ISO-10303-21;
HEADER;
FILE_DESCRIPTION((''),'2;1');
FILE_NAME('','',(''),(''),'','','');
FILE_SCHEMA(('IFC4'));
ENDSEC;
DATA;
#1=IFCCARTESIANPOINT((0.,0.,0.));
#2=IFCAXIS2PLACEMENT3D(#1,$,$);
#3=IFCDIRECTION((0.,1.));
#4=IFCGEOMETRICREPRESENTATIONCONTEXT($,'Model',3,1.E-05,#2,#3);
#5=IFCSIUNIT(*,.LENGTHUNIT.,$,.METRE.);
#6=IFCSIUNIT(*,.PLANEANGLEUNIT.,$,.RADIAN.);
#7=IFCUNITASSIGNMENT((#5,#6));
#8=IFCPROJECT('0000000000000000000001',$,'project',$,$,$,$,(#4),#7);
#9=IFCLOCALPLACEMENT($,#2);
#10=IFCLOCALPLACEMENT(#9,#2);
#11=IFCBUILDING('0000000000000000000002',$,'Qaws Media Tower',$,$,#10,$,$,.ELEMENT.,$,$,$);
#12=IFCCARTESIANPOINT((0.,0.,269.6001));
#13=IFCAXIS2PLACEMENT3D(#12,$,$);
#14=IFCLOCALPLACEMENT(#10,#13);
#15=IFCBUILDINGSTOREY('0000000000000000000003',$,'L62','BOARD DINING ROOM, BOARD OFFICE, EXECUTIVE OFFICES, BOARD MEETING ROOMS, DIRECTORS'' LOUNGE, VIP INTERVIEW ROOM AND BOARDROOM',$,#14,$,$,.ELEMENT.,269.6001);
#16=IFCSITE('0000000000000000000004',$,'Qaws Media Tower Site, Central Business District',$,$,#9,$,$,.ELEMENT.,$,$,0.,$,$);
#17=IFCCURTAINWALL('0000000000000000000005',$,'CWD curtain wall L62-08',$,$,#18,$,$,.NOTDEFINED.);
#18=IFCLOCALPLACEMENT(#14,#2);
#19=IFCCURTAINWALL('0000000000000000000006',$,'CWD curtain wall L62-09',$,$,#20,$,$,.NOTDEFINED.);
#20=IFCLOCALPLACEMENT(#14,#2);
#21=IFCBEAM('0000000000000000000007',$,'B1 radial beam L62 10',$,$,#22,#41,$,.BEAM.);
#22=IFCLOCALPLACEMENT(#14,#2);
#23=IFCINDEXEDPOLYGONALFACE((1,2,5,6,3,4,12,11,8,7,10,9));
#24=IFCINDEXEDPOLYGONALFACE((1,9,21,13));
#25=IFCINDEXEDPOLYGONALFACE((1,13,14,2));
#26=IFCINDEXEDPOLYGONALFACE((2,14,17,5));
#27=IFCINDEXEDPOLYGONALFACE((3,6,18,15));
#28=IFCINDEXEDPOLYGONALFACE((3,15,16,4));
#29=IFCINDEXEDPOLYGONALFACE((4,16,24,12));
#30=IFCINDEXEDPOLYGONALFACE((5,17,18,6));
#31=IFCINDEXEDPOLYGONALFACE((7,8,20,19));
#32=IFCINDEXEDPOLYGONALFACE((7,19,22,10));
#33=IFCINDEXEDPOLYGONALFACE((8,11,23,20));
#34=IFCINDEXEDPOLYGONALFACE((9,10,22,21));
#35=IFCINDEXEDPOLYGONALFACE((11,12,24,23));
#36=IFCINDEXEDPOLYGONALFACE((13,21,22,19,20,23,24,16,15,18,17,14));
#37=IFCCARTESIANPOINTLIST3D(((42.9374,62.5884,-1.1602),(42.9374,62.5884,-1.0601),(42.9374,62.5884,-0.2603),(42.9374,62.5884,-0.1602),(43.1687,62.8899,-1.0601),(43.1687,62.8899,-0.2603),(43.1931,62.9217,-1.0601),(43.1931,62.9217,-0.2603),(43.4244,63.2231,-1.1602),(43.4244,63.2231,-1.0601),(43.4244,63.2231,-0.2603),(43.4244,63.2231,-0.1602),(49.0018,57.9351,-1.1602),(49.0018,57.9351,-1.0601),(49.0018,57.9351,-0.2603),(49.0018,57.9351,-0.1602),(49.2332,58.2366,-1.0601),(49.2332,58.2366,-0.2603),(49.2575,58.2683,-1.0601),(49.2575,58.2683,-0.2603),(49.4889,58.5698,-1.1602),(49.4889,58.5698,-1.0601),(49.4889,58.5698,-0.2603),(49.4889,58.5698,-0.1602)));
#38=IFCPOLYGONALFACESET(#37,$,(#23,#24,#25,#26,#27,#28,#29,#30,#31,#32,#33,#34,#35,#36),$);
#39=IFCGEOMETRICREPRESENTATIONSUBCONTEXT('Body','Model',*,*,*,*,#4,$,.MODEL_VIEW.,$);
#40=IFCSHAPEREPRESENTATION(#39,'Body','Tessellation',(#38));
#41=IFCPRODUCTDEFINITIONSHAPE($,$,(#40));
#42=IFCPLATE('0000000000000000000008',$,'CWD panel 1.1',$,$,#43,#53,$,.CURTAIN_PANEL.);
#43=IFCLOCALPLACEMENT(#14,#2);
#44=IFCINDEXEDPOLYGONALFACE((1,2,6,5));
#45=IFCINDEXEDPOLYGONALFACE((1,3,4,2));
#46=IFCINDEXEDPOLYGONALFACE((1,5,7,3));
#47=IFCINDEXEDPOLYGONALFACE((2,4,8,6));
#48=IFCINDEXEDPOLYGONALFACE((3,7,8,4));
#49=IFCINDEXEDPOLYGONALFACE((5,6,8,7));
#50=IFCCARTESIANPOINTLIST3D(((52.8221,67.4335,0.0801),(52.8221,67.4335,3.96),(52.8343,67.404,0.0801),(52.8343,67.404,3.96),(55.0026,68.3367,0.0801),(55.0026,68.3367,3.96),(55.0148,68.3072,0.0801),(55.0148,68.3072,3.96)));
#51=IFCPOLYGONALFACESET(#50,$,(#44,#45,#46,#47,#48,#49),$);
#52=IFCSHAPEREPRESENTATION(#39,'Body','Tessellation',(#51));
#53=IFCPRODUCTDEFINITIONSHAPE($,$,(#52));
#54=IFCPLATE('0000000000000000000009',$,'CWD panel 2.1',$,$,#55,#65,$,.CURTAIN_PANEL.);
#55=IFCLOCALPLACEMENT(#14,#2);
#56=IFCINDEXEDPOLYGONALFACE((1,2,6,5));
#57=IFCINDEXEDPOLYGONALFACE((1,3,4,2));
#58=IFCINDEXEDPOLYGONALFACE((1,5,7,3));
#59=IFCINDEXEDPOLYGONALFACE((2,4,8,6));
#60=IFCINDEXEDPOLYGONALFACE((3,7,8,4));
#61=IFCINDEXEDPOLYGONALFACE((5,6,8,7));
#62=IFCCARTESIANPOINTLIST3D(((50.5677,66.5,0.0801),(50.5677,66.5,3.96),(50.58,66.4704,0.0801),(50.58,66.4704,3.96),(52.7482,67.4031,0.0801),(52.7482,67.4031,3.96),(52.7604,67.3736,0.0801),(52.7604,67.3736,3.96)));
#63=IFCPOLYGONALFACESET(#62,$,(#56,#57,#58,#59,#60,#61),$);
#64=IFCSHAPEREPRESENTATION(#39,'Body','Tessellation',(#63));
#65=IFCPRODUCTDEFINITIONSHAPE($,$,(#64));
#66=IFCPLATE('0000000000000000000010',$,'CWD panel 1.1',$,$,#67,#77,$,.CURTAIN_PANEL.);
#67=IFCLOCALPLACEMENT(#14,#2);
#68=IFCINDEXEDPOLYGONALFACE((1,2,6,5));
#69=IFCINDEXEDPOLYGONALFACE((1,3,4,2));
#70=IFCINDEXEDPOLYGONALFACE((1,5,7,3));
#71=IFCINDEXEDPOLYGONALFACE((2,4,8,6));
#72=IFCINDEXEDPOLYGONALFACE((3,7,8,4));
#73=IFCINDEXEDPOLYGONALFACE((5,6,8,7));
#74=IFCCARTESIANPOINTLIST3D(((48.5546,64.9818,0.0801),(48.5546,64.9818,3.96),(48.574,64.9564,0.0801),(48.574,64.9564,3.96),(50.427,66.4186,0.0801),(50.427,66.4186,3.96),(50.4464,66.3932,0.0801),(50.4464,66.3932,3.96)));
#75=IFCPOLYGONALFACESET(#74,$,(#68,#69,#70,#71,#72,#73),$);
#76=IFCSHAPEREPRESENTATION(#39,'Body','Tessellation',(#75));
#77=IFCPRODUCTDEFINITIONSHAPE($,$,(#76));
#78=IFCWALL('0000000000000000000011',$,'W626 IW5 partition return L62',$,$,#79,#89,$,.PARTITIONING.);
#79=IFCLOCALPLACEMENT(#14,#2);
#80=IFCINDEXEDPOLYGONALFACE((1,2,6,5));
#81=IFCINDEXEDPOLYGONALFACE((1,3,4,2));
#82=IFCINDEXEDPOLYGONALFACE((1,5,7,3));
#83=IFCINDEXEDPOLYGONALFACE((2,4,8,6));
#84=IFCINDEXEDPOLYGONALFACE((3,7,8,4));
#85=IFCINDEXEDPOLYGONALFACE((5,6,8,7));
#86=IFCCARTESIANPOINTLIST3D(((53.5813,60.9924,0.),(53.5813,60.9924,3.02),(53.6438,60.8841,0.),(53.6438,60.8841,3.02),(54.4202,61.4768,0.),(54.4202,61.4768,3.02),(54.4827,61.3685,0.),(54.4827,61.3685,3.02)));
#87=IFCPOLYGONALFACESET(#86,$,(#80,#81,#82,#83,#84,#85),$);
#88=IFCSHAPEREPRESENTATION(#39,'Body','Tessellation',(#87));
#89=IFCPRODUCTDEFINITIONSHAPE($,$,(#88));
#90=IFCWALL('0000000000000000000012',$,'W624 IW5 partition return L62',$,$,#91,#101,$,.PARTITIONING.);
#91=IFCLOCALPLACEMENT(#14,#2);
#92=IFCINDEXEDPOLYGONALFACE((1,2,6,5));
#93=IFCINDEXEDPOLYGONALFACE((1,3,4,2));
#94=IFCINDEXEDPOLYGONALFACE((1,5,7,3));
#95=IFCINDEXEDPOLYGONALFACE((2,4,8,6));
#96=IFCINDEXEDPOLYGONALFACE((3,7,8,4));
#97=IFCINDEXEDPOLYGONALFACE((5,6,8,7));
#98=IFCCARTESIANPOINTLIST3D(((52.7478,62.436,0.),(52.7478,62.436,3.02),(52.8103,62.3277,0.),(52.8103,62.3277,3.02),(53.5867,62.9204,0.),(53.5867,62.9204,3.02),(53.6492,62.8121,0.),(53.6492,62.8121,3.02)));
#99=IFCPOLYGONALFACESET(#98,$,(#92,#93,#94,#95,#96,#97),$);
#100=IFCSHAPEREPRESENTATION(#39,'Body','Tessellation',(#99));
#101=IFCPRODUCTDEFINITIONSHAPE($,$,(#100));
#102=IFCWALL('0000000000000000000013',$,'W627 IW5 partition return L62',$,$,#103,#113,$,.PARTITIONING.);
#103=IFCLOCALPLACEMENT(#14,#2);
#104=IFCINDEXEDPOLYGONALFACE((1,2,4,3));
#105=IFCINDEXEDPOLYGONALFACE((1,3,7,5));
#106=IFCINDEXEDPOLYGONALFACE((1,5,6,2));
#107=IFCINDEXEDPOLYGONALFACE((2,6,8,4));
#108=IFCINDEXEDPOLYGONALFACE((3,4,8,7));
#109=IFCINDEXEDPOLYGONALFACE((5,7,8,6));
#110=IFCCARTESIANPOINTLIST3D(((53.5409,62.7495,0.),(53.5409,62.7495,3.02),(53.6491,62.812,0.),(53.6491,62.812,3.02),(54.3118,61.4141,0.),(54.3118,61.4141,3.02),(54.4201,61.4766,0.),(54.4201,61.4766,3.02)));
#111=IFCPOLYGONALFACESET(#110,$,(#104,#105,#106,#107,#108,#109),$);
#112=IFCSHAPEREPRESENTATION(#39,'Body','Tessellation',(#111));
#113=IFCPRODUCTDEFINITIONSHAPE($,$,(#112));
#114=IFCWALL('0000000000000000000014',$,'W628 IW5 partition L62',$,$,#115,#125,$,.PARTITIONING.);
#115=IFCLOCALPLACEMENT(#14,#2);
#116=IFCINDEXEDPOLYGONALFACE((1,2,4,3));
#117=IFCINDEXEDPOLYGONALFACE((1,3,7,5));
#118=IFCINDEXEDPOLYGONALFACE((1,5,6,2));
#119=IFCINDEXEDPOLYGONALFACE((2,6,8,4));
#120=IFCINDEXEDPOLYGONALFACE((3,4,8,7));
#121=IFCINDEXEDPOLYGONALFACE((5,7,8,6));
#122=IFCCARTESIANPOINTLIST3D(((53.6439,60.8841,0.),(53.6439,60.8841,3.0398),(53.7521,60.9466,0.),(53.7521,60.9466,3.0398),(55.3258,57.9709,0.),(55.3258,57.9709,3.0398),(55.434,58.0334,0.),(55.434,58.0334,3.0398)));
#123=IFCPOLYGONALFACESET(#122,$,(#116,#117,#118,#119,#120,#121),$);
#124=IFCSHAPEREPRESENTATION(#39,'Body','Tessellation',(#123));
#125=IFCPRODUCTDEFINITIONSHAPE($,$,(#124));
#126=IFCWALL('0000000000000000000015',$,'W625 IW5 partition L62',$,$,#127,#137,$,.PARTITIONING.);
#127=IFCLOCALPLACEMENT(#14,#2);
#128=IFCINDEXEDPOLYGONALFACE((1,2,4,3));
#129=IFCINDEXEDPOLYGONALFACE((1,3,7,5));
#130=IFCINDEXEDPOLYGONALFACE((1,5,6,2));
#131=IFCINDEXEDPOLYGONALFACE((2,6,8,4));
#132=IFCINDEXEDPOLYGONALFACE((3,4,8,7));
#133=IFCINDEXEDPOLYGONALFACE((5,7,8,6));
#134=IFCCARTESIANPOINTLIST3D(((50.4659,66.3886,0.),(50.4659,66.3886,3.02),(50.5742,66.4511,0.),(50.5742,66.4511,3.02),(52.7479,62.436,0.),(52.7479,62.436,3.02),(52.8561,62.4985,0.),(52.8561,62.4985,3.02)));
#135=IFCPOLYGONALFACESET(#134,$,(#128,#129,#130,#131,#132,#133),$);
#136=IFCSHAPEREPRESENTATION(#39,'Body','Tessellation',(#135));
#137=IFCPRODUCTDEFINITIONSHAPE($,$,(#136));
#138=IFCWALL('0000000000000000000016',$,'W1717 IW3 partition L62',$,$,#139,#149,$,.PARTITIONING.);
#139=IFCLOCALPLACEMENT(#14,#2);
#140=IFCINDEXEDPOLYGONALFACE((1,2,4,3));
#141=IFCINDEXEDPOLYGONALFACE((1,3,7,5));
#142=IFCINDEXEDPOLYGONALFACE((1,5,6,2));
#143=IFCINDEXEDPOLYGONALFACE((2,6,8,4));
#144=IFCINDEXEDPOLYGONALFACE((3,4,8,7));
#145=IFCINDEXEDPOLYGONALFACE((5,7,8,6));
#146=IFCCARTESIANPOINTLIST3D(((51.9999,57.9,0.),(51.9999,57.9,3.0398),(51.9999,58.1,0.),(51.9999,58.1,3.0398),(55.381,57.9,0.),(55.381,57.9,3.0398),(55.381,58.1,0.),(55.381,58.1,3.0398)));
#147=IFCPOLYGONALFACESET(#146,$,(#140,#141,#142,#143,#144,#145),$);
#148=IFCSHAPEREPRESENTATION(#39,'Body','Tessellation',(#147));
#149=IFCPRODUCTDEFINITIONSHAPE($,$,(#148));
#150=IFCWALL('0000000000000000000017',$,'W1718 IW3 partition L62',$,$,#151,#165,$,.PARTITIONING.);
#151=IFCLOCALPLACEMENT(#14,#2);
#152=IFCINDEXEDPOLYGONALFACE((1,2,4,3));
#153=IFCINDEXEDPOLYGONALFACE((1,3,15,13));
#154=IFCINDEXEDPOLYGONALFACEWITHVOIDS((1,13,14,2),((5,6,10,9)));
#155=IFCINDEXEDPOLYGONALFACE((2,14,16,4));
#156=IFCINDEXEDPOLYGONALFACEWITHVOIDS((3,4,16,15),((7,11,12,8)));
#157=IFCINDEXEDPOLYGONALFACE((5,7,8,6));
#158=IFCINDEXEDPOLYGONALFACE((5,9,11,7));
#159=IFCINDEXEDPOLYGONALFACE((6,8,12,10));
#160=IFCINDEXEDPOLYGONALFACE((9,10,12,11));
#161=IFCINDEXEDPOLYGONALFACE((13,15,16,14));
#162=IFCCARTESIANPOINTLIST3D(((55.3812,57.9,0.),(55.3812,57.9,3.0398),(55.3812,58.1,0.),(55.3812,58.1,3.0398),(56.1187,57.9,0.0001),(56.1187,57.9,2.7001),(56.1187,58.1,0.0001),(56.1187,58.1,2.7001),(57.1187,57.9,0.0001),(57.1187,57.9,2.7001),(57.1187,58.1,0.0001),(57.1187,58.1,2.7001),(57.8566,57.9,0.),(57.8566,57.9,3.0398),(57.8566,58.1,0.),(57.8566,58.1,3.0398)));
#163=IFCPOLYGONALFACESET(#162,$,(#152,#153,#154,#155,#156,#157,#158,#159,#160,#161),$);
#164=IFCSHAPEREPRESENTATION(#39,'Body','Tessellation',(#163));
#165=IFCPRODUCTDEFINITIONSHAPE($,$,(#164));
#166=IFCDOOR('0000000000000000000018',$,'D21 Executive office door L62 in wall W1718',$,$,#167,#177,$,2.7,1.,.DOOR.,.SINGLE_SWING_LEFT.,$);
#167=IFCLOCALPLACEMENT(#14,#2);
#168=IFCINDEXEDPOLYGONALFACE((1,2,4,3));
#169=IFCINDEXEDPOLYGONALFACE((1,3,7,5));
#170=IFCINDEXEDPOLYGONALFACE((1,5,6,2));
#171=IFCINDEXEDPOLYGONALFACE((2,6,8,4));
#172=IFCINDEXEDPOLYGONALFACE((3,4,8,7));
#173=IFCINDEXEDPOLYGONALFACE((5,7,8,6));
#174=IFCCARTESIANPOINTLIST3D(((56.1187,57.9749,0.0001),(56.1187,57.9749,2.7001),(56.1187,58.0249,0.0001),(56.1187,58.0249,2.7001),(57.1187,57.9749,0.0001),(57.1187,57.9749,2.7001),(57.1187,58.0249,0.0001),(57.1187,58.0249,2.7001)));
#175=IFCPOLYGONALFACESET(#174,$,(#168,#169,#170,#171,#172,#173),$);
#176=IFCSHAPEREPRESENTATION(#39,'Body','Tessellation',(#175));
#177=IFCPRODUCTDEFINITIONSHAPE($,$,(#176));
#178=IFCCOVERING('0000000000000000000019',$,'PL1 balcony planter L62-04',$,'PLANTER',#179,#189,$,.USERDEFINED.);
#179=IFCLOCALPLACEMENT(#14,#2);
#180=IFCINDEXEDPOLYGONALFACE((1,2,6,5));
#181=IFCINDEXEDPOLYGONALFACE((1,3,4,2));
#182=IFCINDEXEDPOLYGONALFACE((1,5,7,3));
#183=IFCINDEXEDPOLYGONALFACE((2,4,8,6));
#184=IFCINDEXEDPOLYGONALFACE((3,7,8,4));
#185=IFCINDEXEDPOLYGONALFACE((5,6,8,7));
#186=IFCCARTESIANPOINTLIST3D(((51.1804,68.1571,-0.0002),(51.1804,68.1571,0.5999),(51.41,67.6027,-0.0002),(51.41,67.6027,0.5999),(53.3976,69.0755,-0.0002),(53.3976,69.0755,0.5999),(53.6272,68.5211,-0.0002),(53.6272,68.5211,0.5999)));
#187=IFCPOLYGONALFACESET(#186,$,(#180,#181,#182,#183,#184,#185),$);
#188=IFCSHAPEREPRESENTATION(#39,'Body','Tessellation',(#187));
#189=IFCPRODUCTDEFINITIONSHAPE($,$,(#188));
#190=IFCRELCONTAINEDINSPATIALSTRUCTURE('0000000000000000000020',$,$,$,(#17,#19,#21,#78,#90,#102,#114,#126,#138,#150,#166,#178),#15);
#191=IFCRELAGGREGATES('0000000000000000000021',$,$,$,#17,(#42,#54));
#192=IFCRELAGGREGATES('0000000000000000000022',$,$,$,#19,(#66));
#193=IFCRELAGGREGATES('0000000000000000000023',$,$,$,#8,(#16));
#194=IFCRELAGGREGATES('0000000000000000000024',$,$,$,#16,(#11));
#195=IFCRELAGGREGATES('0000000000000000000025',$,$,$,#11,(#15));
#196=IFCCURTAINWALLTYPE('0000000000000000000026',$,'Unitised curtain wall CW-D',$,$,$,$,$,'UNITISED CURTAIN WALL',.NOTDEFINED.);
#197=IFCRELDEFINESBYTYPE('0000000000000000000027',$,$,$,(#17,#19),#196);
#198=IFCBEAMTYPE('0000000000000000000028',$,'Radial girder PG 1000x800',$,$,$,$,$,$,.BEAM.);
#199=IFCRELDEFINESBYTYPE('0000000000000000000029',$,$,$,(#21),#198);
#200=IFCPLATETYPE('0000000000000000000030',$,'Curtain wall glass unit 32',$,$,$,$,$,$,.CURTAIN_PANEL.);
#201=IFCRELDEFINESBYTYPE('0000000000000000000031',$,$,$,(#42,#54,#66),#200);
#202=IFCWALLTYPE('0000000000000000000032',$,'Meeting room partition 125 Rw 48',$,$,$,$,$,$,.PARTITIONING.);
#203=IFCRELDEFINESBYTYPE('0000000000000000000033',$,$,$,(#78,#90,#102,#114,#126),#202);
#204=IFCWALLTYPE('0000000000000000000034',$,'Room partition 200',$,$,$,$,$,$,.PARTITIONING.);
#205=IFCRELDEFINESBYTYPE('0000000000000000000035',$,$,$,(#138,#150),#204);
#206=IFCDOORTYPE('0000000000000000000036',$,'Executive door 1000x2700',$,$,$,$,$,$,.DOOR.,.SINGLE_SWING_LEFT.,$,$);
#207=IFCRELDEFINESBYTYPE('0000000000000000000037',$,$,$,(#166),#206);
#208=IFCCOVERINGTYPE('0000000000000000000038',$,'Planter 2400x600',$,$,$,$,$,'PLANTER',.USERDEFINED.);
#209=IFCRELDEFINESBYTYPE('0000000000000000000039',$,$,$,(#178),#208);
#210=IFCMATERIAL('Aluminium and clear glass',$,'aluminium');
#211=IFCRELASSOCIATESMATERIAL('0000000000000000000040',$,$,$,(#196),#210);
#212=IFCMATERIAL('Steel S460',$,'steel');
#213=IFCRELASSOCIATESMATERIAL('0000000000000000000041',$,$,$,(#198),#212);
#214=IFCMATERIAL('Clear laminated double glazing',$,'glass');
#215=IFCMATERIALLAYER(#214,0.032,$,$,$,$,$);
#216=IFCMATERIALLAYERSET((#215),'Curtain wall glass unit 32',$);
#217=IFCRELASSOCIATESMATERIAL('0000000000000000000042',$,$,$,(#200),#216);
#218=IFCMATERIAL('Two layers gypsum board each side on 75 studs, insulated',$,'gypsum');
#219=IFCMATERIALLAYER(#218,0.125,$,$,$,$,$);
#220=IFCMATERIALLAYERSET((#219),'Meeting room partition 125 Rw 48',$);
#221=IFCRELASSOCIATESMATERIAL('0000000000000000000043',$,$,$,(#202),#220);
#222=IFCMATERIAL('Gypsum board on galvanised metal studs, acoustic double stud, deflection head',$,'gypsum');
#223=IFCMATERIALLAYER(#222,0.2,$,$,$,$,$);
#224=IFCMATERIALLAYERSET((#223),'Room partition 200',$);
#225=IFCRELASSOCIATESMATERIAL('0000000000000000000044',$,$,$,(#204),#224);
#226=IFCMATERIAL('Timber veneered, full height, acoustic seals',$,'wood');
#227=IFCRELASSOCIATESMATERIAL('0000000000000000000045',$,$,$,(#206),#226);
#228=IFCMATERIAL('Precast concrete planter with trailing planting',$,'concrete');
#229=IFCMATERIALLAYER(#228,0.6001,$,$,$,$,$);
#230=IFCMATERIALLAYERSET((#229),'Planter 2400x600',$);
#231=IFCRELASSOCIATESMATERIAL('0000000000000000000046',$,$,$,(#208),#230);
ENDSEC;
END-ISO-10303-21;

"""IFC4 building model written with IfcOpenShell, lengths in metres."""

from ifc_helpers import new_model, si_unit, direction, frame, frame_2d, origin, origin_2d, place, context, subcontext, project, spatial, rectangle, i_section, extrude, material, layer, layer_set, material_profile, profile_set, type_object, element, fill, aggregate, save


model = new_model("IFC4")

# Units and contexts
model_context = context("Model", 3, precision=1e-05, world=origin(), true_north=direction((0.0, 1.0)))
body_context = subcontext(model_context, "Body", "Model", "MODEL_VIEW")
ifc_project = project(units=[si_unit("LENGTHUNIT", "METRE"), si_unit("PLANEANGLEUNIT", "RADIAN")], contexts=[model_context])

# Site, building, storey
site_placement = place(None, origin())
site = spatial("IfcSite", under=ifc_project, at=site_placement, Name="Qaws Media Tower Site, Central Business District", CompositionType="ELEMENT", RefElevation=0.0)
building_placement = place(site_placement, origin())
building = spatial("IfcBuilding", under=site, at=building_placement, Name="Qaws Media Tower", CompositionType="ELEMENT")
storey_placement = place(building_placement, frame((0.0, 0.0, 269.6001)))
storey = spatial("IfcBuildingStorey", under=building, at=storey_placement, Name="L62", Description="BOARD DINING ROOM, BOARD OFFICE, EXECUTIVE OFFICES, BOARD MEETING ROOMS, DIRECTORS' LOUNGE, VIP INTERVIEW ROOM AND BOARDROOM", CompositionType="ELEMENT", Elevation=269.6001)

# Curtain walls
ifc_material_1 = material(Name="Aluminium and clear glass", Category="aluminium")
curtain_wall_type = type_object("IfcCurtainWallType", Name="Unitised curtain wall CW-D", ElementType="UNITISED CURTAIN WALL", PredefinedType="NOTDEFINED", material=ifc_material_1)
curtain_wall_1_placement = place(storey_placement, origin())
curtain_wall_1 = element("IfcCurtainWall", 1, at=curtain_wall_1_placement, inside=storey, type_object=curtain_wall_type, Name="CWD curtain wall L62-08", PredefinedType="NOTDEFINED")
curtain_wall_2_placement = place(storey_placement, origin())
curtain_wall_2 = element("IfcCurtainWall", 2, at=curtain_wall_2_placement, inside=storey, type_object=curtain_wall_type, Name="CWD curtain wall L62-09", PredefinedType="NOTDEFINED")

# Beam
ifc_material_2 = material(Name="Steel S460", Category="steel")
ifc_material_profile_1 = material_profile(ifc_material_2, i_section(OverallWidth=0.8, OverallDepth=1.0, WebThickness=0.04, FlangeThickness=0.1001, at=origin_2d()), Name="PG 1000x800")
ifc_profile_set_1 = profile_set([ifc_material_profile_1], Name="Steel S460")
beam_type_1 = type_object("IfcBeamType", Name="Radial girder PG 1000x800", PredefinedType="BEAM", material=ifc_profile_set_1)
for number, where, z_axis, x_axis, name in (
    (3, (49.2454, 58.2524, -0.6602), (-0.79336, 0.608753, 0.0), (-0.608753, -0.79336, 0.0), "B1 radial beam L62 10"),
):
    element("IfcBeam", number, at=place(storey_placement, frame(where, z_axis=z_axis, x_axis=x_axis)), inside=storey, type_object=beam_type_1, Name=name, PredefinedType="BEAM", context=body_context, shape_type="SweptSolid", body=[
        extrude(i_section(OverallWidth=0.8, OverallDepth=1.0, WebThickness=0.04, FlangeThickness=0.1001, at=origin_2d()), origin(), (0.0, 0.0, 1.0), 7.644),
    ])

# Plates
ifc_material_3 = material(Name="Clear laminated double glazing", Category="glass")
ifc_layer_1 = layer(ifc_material_3, 0.032)
ifc_layer_set_1 = layer_set([ifc_layer_1], Name="Curtain wall glass unit 32")
plate_type = type_object("IfcPlateType", Name="Curtain wall glass unit 32", PredefinedType="CURTAIN_PANEL", material=ifc_layer_set_1)
plate_1_placement = place(storey_placement, frame((53.9185, 67.8704, 0.0801), z_axis=(0.0, 0.0, 1.0), x_axis=(-0.92388, -0.382683, 0.0)))
plate_1 = element("IfcPlate", 4, at=plate_1_placement, type_object=plate_type, Name="CWD panel 1.1", PredefinedType="CURTAIN_PANEL", context=body_context, shape_type="SweptSolid", body=[
    extrude(rectangle(XDim=2.3601, YDim=0.032, at=origin_2d()), origin(), (0.0, 0.0, 1.0), 3.8799),
])
plate_2_placement = place(storey_placement, frame((51.6641, 66.9368, 0.0801), z_axis=(0.0, 0.0, 1.0), x_axis=(-0.92388, -0.382683, 0.0)))
plate_2 = element("IfcPlate", 5, at=plate_2_placement, type_object=plate_type, Name="CWD panel 2.1", PredefinedType="CURTAIN_PANEL", context=body_context, shape_type="SweptSolid", body=[
    extrude(rectangle(XDim=2.3601, YDim=0.032, at=origin_2d()), origin(), (0.0, 0.0, 1.0), 3.8799),
])
aggregate(curtain_wall_1, [plate_1, plate_2])
plate_3_placement = place(storey_placement, frame((49.5005, 65.6875, 0.0801), z_axis=(0.0, 0.0, 1.0), x_axis=(-0.793353, -0.608761, 0.0)))
plate_3 = element("IfcPlate", 6, at=plate_3_placement, type_object=plate_type, Name="CWD panel 1.1", PredefinedType="CURTAIN_PANEL", context=body_context, shape_type="SweptSolid", body=[
    extrude(rectangle(XDim=2.3601, YDim=0.032, at=origin_2d()), origin(), (0.0, 0.0, 1.0), 3.8799),
])
aggregate(curtain_wall_2, [plate_3])

# Walls
ifc_material_4 = material(Name="Two layers gypsum board each side on 75 studs, insulated", Category="gypsum")
ifc_layer_2 = layer(ifc_material_4, 0.125)
ifc_layer_set_2 = layer_set([ifc_layer_2], Name="Meeting room partition 125 Rw 48")
wall_type_1 = type_object("IfcWallType", Name="Meeting room partition 125 Rw 48", PredefinedType="PARTITIONING", material=ifc_layer_set_2)
for number, where, z_axis, x_axis, name in (
    (7, (53.6125, 60.9382, 0.0), (0.0, 0.0, 1.0), (0.866001, 0.500042, 0.0), "W626 IW5 partition return L62"),
    (8, (52.7791, 62.3818, 0.0), (0.0, 0.0, 1.0), (0.866001, 0.500042, 0.0), "W624 IW5 partition return L62"),
):
    element("IfcWall", number, at=place(storey_placement, frame(where, z_axis=z_axis, x_axis=x_axis)), inside=storey, type_object=wall_type_1, Name=name, PredefinedType="PARTITIONING", context=body_context, shape_type="SweptSolid", body=[
        extrude(rectangle(XDim=0.9688, YDim=0.125, at=frame_2d((0.4844, 0.0))), origin(), (0.0, 0.0, 1.0), 3.02),
    ])
wall_1_placement = place(storey_placement, frame((54.366, 61.4453, 0.0), z_axis=(0.0, 0.0, 1.0), x_axis=(-0.499987, 0.866033, 0.0)))
element("IfcWall", 9, at=wall_1_placement, inside=storey, type_object=wall_type_1, Name="W627 IW5 partition return L62", PredefinedType="PARTITIONING", context=body_context, shape_type="SweptSolid", body=[
    extrude(rectangle(XDim=1.542, YDim=0.125, at=frame_2d((0.771, 0.0))), origin(), (0.0, 0.0, 1.0), 3.02),
])
wall_2_placement = place(storey_placement, frame((55.3799, 58.0022, 0.0), z_axis=(0.0, 0.0, 1.0), x_axis=(-0.500003, 0.866024, 0.0)))
element("IfcWall", 10, at=wall_2_placement, inside=storey, type_object=wall_type_1, Name="W628 IW5 partition L62", PredefinedType="PARTITIONING", context=body_context, shape_type="SweptSolid", body=[
    extrude(rectangle(XDim=3.3638, YDim=0.125, at=frame_2d((1.6819, 0.0))), origin(), (0.0, 0.0, 1.0), 3.0398),
])
wall_3_placement = place(storey_placement, frame((52.802, 62.4673, 0.0), z_axis=(0.0, 0.0, 1.0), x_axis=(-0.499988, 0.866032, 0.0)))
element("IfcWall", 11, at=wall_3_placement, inside=storey, type_object=wall_type_1, Name="W625 IW5 partition L62", PredefinedType="PARTITIONING", context=body_context, shape_type="SweptSolid", body=[
    extrude(rectangle(XDim=4.564, YDim=0.125, at=frame_2d((2.282, 0.0))), origin(), (0.0, 0.0, 1.0), 3.02),
])

# Shared definitions
ifc_material_5 = material(Name="Gypsum board on galvanised metal studs, acoustic double stud, deflection head", Category="gypsum")
ifc_layer_3 = layer(ifc_material_5, 0.2)
ifc_layer_set_3 = layer_set([ifc_layer_3], Name="Room partition 200")
wall_type_2 = type_object("IfcWallType", Name="Room partition 200", PredefinedType="PARTITIONING", material=ifc_layer_set_3)

# Wall
wall_4_placement = place(storey_placement, frame((52.0, 58.0, 0.0), z_axis=(0.0, 0.0, 1.0), x_axis=(1.0, 0.0, 0.0)))
element("IfcWall", 12, at=wall_4_placement, inside=storey, type_object=wall_type_2, Name="W1717 IW3 partition L62", PredefinedType="PARTITIONING", context=body_context, shape_type="SweptSolid", body=[
    extrude(rectangle(XDim=3.3811, YDim=0.2, at=frame_2d((1.6904, 0.0))), origin(), (0.0, 0.0, 1.0), 3.0398),
])

# Wall, opening, door
wall_5_placement = place(storey_placement, frame((55.3811, 58.0, 0.0), z_axis=(0.0, 0.0, 1.0), x_axis=(1.0, 0.0, 0.0)))
wall_5 = element("IfcWall", 13, at=wall_5_placement, inside=storey, type_object=wall_type_2, Name="W1718 IW3 partition L62", PredefinedType="PARTITIONING", context=body_context, shape_type="SweptSolid", body=[
    extrude(rectangle(XDim=2.4753, YDim=0.2, at=frame_2d((1.2378, 0.0))), origin(), (0.0, 0.0, 1.0), 3.0398),
])
opening_1_placement = place(wall_5_placement, frame((0.7375, 0.0, 0.0)))
opening_1 = element("IfcOpeningElement", 14, at=opening_1_placement, cuts=wall_5, PredefinedType="OPENING", context=body_context, shape_type="SweptSolid", body=[
    extrude(rectangle(XDim=1.0, YDim=2.7, at=frame_2d((0.5, 1.3501))), frame((0.0, 0.1099, 0.0), z_axis=(0.0, -1.0, 0.0), x_axis=(1.0, 0.0, 0.0)), (0.0, 0.0, 1.0), 0.22),
])
ifc_material_6 = material(Name="Timber veneered, full height, acoustic seals", Category="wood")
door_type_1 = type_object("IfcDoorType", Name="Executive door 1000x2700", OperationType="SINGLE_SWING_LEFT", PredefinedType="DOOR", material=ifc_material_6)
door_1_placement = place(opening_1_placement, origin())
door_1 = element("IfcDoor", 15, at=door_1_placement, inside=storey, type_object=door_type_1, Name="D21 Executive office door L62 in wall W1718", OperationType="SINGLE_SWING_LEFT", OverallHeight=2.7, OverallWidth=1.0, PredefinedType="DOOR", context=body_context, shape_type="SweptSolid", body=[
    extrude(rectangle(XDim=1.0, YDim=2.7, at=frame_2d((0.5, 1.3501))), frame((0.0, 0.0249, 0.0), z_axis=(0.0, -1.0, 0.0), x_axis=(1.0, 0.0, 0.0)), (0.0, 0.0, 1.0), 0.05),
])
fill(opening_1, door_1)

# Covering
ifc_material_7 = material(Name="Precast concrete planter with trailing planting", Category="concrete")
ifc_layer_4 = layer(ifc_material_7, 0.6001)
ifc_layer_set_4 = layer_set([ifc_layer_4], Name="Planter 2400x600")
covering_type = type_object("IfcCoveringType", Name="Planter 2400x600", ElementType="PLANTER", PredefinedType="USERDEFINED", material=ifc_layer_set_4)
covering_placement = place(storey_placement, frame((52.4038, 68.3391, -0.0002), z_axis=(0.0, 0.0, 1.0), x_axis=(-0.92388, -0.382683, 0.0)))
element("IfcCovering", 16, at=covering_placement, inside=storey, type_object=covering_type, Name="PL1 balcony planter L62-04", ObjectType="PLANTER", PredefinedType="USERDEFINED", context=body_context, shape_type="SweptSolid", body=[
    extrude(rectangle(XDim=2.3999, YDim=0.6001, at=origin_2d()), origin(), (0.0, 0.0, 1.0), 0.6001),
])

save(model, "model.ifc")
